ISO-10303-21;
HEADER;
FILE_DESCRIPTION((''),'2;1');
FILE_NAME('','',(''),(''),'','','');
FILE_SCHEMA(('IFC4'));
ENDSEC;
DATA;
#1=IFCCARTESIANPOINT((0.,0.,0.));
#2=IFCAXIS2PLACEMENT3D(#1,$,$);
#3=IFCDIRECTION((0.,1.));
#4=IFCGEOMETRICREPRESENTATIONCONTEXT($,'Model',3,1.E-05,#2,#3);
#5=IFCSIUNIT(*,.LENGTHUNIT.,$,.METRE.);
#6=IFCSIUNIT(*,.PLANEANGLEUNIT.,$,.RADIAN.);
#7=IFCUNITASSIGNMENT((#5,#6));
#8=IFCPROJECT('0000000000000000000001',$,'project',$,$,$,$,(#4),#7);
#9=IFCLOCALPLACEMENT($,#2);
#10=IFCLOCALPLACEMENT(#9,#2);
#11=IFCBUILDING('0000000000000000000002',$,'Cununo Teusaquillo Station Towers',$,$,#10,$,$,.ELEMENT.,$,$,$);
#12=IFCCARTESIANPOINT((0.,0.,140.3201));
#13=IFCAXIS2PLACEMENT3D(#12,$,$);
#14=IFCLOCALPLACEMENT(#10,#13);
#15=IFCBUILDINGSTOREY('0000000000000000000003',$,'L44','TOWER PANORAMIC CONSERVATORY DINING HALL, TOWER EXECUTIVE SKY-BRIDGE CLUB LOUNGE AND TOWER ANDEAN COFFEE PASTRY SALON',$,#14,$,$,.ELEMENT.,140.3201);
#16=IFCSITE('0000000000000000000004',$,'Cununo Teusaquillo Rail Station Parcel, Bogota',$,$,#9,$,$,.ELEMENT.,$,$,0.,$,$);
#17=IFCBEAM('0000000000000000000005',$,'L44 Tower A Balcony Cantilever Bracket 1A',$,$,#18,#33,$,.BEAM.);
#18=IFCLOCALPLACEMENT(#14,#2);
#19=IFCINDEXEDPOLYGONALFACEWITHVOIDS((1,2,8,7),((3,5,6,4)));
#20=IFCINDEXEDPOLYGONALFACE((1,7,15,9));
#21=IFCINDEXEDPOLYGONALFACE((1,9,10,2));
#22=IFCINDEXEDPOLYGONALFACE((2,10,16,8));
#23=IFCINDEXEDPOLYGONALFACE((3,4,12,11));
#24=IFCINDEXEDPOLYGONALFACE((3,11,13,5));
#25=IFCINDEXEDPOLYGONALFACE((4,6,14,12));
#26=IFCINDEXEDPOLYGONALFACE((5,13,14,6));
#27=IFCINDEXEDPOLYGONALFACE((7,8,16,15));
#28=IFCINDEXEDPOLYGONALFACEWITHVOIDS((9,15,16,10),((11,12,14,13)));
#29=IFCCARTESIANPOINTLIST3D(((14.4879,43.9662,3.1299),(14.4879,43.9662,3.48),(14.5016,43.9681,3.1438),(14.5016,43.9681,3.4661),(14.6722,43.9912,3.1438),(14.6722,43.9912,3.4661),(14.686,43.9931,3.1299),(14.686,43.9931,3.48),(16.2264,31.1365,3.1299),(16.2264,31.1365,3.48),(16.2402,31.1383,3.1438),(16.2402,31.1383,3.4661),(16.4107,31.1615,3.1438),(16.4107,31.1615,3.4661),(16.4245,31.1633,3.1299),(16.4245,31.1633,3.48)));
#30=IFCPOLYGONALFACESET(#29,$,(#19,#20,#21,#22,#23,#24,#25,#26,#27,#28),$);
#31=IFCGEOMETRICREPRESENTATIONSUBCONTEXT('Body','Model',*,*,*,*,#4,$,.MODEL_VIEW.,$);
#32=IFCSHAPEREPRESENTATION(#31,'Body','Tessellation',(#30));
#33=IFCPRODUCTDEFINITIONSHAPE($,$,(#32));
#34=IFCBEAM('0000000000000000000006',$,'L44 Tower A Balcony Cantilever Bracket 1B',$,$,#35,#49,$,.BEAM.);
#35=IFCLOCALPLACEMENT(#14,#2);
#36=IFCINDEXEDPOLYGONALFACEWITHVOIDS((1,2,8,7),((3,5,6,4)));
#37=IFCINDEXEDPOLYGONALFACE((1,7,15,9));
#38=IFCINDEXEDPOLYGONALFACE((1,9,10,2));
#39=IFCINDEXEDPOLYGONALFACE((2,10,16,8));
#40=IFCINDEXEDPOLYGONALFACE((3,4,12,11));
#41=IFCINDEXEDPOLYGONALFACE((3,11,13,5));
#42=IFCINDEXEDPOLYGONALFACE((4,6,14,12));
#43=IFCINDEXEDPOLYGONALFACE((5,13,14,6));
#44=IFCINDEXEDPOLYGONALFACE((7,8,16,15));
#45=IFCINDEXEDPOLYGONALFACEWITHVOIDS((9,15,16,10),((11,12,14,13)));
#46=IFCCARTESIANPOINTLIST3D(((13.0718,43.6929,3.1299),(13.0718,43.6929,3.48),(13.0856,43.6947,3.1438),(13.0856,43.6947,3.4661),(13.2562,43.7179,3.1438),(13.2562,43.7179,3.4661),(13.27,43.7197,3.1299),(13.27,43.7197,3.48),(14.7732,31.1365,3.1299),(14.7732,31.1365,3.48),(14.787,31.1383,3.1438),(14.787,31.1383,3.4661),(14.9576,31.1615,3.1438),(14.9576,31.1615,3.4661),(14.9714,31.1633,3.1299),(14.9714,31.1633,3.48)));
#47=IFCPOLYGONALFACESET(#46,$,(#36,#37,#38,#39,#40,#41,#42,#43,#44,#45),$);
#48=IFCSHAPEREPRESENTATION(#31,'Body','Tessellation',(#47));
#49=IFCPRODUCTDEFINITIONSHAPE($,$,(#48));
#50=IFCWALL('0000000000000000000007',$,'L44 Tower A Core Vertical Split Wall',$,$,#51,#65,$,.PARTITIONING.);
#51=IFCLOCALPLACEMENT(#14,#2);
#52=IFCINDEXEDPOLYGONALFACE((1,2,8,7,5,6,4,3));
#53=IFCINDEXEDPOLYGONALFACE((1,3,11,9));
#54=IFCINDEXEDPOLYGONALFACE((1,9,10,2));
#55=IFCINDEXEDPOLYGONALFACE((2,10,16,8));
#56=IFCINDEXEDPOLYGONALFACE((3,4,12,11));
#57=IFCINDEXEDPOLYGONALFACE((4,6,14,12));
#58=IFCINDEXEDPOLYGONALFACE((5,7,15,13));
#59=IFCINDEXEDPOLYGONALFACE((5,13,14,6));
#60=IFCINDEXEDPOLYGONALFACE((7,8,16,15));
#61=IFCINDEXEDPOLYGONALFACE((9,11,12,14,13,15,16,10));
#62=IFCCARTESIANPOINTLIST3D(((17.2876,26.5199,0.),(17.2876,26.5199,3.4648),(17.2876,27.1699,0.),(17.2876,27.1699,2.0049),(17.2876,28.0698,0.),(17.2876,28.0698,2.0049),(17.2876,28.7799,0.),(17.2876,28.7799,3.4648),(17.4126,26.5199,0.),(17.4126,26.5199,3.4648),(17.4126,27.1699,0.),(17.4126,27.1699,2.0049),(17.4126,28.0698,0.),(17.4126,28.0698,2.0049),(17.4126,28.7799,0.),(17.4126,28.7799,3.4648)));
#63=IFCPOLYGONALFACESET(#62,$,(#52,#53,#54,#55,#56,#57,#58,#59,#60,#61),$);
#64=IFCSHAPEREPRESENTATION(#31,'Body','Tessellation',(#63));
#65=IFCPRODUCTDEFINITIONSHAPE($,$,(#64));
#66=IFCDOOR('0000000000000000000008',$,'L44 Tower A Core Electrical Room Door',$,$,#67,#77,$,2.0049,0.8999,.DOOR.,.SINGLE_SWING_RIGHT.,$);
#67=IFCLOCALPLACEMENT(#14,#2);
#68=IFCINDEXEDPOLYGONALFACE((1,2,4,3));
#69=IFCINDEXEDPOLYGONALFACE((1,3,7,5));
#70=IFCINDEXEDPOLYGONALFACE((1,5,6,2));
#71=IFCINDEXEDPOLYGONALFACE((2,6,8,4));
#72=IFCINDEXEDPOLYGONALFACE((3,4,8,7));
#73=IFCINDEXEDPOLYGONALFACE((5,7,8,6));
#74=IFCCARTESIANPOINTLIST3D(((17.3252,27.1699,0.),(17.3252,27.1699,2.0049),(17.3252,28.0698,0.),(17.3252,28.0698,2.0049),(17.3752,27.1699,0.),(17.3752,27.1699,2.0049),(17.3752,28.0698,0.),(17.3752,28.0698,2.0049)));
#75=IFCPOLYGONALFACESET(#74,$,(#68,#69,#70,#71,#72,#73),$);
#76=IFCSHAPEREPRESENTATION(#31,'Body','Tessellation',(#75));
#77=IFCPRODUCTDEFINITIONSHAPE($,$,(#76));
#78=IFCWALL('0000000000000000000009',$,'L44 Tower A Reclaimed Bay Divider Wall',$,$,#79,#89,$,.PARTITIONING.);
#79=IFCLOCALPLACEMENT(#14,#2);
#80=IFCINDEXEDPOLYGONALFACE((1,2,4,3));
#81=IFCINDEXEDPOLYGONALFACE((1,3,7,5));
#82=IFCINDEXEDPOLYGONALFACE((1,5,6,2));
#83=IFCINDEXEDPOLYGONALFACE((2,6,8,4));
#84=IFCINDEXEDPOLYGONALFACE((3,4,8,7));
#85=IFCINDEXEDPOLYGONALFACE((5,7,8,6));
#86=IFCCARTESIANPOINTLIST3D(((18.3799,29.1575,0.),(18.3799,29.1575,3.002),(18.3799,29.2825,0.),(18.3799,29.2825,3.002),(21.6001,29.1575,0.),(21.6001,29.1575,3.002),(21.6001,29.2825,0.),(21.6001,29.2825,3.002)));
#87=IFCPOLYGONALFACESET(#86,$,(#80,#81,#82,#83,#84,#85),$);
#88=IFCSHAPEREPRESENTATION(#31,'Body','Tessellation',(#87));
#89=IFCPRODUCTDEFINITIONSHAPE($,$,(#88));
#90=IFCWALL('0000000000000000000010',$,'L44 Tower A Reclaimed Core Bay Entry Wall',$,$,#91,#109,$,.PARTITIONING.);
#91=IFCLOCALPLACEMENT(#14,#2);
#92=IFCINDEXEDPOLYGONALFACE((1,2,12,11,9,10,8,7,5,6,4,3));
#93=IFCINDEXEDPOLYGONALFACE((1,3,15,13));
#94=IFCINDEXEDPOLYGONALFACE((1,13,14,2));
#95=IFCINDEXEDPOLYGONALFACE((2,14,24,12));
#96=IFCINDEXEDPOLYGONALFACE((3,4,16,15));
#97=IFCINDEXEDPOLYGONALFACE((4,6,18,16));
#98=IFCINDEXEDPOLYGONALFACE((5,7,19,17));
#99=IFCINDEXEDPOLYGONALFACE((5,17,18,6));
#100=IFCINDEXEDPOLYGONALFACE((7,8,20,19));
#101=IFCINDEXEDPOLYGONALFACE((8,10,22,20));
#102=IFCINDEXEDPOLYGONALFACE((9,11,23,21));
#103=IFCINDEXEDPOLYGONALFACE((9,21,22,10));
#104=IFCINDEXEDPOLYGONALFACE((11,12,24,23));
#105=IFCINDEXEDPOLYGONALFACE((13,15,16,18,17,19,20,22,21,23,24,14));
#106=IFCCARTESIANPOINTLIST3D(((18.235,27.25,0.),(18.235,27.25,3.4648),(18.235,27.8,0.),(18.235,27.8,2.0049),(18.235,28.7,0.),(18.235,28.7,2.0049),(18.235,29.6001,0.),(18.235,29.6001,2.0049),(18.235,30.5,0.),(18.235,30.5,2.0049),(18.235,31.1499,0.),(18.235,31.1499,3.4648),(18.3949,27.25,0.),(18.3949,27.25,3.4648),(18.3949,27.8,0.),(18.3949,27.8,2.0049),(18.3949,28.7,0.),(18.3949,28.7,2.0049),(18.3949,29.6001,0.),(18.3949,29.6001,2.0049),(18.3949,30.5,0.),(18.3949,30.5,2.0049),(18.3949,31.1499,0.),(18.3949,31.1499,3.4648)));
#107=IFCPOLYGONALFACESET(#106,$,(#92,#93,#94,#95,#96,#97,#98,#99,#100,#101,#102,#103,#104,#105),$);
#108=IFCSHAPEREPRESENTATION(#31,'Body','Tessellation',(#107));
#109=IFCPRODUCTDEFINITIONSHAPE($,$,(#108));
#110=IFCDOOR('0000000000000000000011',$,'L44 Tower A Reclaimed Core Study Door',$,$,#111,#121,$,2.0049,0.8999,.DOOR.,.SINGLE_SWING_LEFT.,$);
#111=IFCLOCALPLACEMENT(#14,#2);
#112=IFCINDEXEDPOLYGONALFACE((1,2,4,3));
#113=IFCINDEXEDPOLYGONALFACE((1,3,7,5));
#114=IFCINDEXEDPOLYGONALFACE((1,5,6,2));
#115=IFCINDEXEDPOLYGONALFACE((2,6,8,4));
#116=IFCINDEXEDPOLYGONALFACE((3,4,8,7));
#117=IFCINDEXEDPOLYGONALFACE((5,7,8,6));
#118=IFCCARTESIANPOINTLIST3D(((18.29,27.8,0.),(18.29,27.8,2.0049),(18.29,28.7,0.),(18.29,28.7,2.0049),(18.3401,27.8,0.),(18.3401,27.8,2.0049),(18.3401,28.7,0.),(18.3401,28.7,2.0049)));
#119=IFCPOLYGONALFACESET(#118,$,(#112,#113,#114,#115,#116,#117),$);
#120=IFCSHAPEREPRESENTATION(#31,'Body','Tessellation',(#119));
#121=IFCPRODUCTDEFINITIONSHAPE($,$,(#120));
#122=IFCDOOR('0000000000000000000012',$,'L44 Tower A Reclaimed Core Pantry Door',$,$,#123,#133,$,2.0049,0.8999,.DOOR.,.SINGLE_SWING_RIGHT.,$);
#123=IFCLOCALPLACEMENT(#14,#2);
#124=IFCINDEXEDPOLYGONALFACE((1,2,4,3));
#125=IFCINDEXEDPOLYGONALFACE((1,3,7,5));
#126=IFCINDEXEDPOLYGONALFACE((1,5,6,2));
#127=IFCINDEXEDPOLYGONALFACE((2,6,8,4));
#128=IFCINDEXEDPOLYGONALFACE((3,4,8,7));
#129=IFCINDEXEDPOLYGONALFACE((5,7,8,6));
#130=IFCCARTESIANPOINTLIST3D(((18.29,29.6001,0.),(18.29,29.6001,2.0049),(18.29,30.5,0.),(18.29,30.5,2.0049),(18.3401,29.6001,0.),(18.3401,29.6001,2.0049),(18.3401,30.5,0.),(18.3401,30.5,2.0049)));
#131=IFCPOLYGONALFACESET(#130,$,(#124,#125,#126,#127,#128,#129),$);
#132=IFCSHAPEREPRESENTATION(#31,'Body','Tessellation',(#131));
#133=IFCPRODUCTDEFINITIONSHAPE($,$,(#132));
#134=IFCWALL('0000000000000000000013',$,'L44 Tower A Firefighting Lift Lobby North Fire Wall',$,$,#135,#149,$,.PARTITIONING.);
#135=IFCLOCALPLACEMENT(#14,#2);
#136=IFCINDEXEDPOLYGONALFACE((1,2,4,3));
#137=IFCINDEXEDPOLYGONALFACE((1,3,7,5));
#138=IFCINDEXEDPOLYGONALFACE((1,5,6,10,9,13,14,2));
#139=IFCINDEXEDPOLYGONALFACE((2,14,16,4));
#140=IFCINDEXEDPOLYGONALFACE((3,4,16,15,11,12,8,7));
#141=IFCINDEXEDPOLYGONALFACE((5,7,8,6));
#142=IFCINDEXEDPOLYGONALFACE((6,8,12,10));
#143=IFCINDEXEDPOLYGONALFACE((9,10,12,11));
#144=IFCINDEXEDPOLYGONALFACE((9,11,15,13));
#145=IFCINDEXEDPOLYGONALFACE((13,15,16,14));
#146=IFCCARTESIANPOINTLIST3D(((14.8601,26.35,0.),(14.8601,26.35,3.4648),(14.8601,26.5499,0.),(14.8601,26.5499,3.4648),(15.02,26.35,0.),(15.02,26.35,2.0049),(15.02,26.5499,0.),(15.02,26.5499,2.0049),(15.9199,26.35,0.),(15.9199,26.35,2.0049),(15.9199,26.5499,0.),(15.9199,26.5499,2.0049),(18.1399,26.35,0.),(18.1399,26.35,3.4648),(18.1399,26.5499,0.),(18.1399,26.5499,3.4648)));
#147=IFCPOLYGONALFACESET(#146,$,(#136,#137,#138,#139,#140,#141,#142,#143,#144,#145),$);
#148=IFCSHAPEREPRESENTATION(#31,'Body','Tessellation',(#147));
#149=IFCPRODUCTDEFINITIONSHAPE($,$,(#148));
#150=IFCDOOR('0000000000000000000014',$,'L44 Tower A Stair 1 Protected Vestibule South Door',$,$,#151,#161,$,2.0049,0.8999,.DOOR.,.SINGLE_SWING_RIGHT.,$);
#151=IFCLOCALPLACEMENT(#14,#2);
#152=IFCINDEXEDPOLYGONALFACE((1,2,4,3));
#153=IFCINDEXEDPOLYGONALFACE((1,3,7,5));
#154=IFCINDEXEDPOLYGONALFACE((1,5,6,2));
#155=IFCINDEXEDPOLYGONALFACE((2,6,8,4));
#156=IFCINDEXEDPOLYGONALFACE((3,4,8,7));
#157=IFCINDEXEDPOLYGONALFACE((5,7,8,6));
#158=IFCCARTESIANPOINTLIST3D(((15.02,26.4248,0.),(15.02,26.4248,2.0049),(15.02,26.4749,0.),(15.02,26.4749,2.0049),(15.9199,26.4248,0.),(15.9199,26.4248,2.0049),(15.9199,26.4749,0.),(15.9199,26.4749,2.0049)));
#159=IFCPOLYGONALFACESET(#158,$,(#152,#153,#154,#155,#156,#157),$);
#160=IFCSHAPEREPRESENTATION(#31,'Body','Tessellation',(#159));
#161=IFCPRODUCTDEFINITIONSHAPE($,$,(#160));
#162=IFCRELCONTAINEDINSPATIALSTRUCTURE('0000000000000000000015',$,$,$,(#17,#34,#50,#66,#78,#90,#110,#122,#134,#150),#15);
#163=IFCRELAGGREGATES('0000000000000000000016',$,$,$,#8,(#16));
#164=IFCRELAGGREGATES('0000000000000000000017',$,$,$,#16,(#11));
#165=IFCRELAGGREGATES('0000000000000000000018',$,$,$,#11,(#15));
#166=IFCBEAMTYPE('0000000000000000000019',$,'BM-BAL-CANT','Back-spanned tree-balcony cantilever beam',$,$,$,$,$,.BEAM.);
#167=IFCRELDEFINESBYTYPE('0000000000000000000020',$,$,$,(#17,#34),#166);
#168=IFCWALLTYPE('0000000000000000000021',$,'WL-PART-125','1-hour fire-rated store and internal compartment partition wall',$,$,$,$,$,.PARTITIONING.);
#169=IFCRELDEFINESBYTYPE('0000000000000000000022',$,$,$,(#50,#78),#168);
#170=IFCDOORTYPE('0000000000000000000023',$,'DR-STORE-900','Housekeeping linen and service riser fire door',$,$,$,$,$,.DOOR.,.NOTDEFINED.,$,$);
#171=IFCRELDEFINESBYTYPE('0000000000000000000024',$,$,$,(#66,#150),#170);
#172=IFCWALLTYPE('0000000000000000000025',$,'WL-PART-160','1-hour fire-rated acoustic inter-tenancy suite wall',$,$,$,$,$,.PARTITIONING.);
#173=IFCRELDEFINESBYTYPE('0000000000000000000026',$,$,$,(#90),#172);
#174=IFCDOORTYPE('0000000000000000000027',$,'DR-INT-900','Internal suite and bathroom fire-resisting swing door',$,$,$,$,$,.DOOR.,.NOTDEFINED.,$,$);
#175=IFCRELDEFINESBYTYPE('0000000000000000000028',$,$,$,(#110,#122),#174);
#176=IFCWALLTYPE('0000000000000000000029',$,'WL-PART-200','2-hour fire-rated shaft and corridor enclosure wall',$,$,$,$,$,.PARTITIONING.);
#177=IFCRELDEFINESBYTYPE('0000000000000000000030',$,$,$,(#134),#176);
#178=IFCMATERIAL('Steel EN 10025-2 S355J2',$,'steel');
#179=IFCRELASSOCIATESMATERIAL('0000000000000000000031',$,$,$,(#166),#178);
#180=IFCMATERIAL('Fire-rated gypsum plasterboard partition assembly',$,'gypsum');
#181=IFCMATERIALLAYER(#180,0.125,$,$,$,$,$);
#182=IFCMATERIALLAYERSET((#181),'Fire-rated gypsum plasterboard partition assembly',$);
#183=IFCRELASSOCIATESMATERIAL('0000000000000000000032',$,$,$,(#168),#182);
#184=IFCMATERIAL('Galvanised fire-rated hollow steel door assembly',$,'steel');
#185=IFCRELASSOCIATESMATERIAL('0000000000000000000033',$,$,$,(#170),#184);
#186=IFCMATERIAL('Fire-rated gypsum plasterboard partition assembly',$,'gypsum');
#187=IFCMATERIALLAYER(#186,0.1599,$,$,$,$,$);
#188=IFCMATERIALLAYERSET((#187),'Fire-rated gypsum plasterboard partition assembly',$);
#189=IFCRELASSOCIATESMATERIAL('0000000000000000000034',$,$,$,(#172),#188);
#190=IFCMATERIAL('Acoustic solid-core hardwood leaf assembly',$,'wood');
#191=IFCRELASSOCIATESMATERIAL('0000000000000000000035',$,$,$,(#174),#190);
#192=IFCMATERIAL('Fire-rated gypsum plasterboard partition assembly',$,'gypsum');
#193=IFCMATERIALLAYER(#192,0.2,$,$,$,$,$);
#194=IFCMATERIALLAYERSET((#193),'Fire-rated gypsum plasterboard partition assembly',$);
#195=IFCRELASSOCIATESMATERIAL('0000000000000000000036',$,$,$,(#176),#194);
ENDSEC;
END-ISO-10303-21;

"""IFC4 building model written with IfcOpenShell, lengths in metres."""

from ifc_helpers import new_model, si_unit, direction, frame, frame_2d, origin, origin_2d, place, context, subcontext, project, spatial, rectangle, hollow_rectangle, extrude, source, transform, mapped, material, layer, layer_set, material_profile, profile_set, type_object, element, fill, save


model = new_model("IFC4")

# Units and contexts
model_context = context("Model", 3, precision=1e-05, world=origin(), true_north=direction((0.0, 1.0)))
body_context = subcontext(model_context, "Body", "Model", "MODEL_VIEW")
ifc_project = project(units=[si_unit("LENGTHUNIT", "METRE"), si_unit("PLANEANGLEUNIT", "RADIAN")], contexts=[model_context])

# Site, building, storey
site_placement = place(None, origin())
site = spatial("IfcSite", under=ifc_project, at=site_placement, Name="Cununo Teusaquillo Rail Station Parcel, Bogota", CompositionType="ELEMENT", RefElevation=0.0)
building_placement = place(site_placement, origin())
building = spatial("IfcBuilding", under=site, at=building_placement, Name="Cununo Teusaquillo Station Towers", CompositionType="ELEMENT")
storey_placement = place(building_placement, frame((0.0, 0.0, 140.3201)))
storey = spatial("IfcBuildingStorey", under=building, at=storey_placement, Name="L44", Description="TOWER PANORAMIC CONSERVATORY DINING HALL, TOWER EXECUTIVE SKY-BRIDGE CLUB LOUNGE AND TOWER ANDEAN COFFEE PASTRY SALON", CompositionType="ELEMENT", Elevation=140.3201)

# Beams
ifc_material_1 = material(Name="Steel EN 10025-2 S355J2", Category="steel")
ifc_material_profile = material_profile(ifc_material_1, hollow_rectangle(XDim=0.2, YDim=0.3501, WallThickness=0.0139, at=origin_2d()), Name="RHS 350x200x14")
ifc_profile_set = profile_set([ifc_material_profile], Name="Steel EN 10025-2 S355J2")
beam_type = type_object("IfcBeamType", Name="BM-BAL-CANT", Description="Back-spanned tree-balcony cantilever beam", PredefinedType="BEAM", material=ifc_profile_set)
beam_1_placement = place(storey_placement, frame((16.3254, 31.1499, 3.3049), z_axis=(-0.134279, 0.990944, 0.0), x_axis=(-0.990944, -0.134279, 0.0)))
element("IfcBeam", 1, at=beam_1_placement, inside=storey, type_object=beam_type, Name="L44 Tower A Balcony Cantilever Bracket 1A", PredefinedType="BEAM", context=body_context, shape_type="SweptSolid", body=[
    extrude(hollow_rectangle(XDim=0.2, YDim=0.3501, WallThickness=0.0139, at=origin_2d()), origin(), (0.0, 0.0, 1.0), 12.947),
])
beam_2_placement = place(storey_placement, frame((14.8723, 31.1499, 3.3049), z_axis=(-0.134275, 0.990944, 0.0), x_axis=(-0.990944, -0.134275, 0.0)))
element("IfcBeam", 2, at=beam_2_placement, inside=storey, type_object=beam_type, Name="L44 Tower A Balcony Cantilever Bracket 1B", PredefinedType="BEAM", context=body_context, shape_type="SweptSolid", body=[
    extrude(hollow_rectangle(XDim=0.2, YDim=0.3501, WallThickness=0.0139, at=origin_2d()), origin(), (0.0, 0.0, 1.0), 12.6711),
])

# Wall, opening, door
ifc_material_2 = material(Name="Fire-rated gypsum plasterboard partition assembly", Category="gypsum")
ifc_layer_1 = layer(ifc_material_2, 0.125)
ifc_layer_set_1 = layer_set([ifc_layer_1], Name="Fire-rated gypsum plasterboard partition assembly")
wall_type_1 = type_object("IfcWallType", Name="WL-PART-125", Description="1-hour fire-rated store and internal compartment partition wall", PredefinedType="PARTITIONING", material=ifc_layer_set_1)
wall_1_placement = place(storey_placement, frame((17.3501, 26.52, 0.0), z_axis=(0.0, 0.0, 1.0), x_axis=(0.0, 1.0, 0.0)))
wall_1 = element("IfcWall", 3, at=wall_1_placement, inside=storey, type_object=wall_type_1, Name="L44 Tower A Core Vertical Split Wall", PredefinedType="PARTITIONING", context=body_context, shape_type="SweptSolid", body=[
    extrude(rectangle(XDim=2.26, YDim=0.125, at=frame_2d((1.1299, 0.0))), origin(), (0.0, 0.0, 1.0), 3.4648),
])
shared_shape_1 = source(origin(), body_context, "Body", "SweptSolid", [
    extrude(rectangle(XDim=0.8999, YDim=2.0049, at=frame_2d((0.45, 1.0024))), frame((0.0, 0.0725, 0.0), z_axis=(0.0, -1.0, 0.0), x_axis=(1.0, 0.0, 0.0)), (0.0, 0.0, 1.0), 0.145),
])
opening_1_placement = place(wall_1_placement, frame((0.6499, 0.0, 0.0)))
opening_1 = element("IfcOpeningElement", 4, at=opening_1_placement, cuts=wall_1, PredefinedType="OPENING", context=body_context, shape_type="MappedRepresentation", body=[
    mapped(shared_shape_1, transform((0.0, 0.0, 0.0), x_axis=(1.0, 0.0, 0.0), y_axis=(0.0, 1.0, 0.0), z_axis=(0.0, 0.0, 1.0), scale=1.0)),
])
ifc_material_3 = material(Name="Galvanised fire-rated hollow steel door assembly", Category="steel")
door_type_1 = type_object("IfcDoorType", Name="DR-STORE-900", Description="Housekeeping linen and service riser fire door", OperationType="NOTDEFINED", PredefinedType="DOOR", material=ifc_material_3)
shared_shape_2 = source(origin(), body_context, "Body", "SweptSolid", [
    extrude(rectangle(XDim=0.8999, YDim=2.0049, at=frame_2d((0.45, 1.0024))), frame((0.0, 0.0249, 0.0), z_axis=(0.0, -1.0, 0.0), x_axis=(1.0, 0.0, 0.0)), (0.0, 0.0, 1.0), 0.05),
])
door_1_placement = place(opening_1_placement, origin())
door_1 = element("IfcDoor", 5, at=door_1_placement, inside=storey, type_object=door_type_1, Name="L44 Tower A Core Electrical Room Door", OperationType="SINGLE_SWING_RIGHT", OverallHeight=2.0049, OverallWidth=0.8999, PredefinedType="DOOR", context=body_context, shape_type="MappedRepresentation", body=[
    mapped(shared_shape_2, transform((0.0, 0.0, 0.0), x_axis=(1.0, 0.0, 0.0), y_axis=(0.0, 1.0, 0.0), z_axis=(0.0, 0.0, 1.0), scale=1.0)),
])
fill(opening_1, door_1)

# Wall
wall_2_placement = place(storey_placement, frame((18.3799, 29.22, 0.0), z_axis=(0.0, 0.0, 1.0), x_axis=(1.0, 0.0, 0.0)))
element("IfcWall", 6, at=wall_2_placement, inside=storey, type_object=wall_type_1, Name="L44 Tower A Reclaimed Bay Divider Wall", PredefinedType="PARTITIONING", context=body_context, shape_type="SweptSolid", body=[
    extrude(rectangle(XDim=3.2202, YDim=0.125, at=frame_2d((1.6101, 0.0))), origin(), (0.0, 0.0, 1.0), 3.002),
])

# Wall, openings, doors
ifc_material_4 = material(Name="Fire-rated gypsum plasterboard partition assembly", Category="gypsum")
ifc_layer_2 = layer(ifc_material_4, 0.1599)
ifc_layer_set_2 = layer_set([ifc_layer_2], Name="Fire-rated gypsum plasterboard partition assembly")
wall_type_2 = type_object("IfcWallType", Name="WL-PART-160", Description="1-hour fire-rated acoustic inter-tenancy suite wall", PredefinedType="PARTITIONING", material=ifc_layer_set_2)
wall_3_placement = place(storey_placement, frame((18.3149, 27.25, 0.0), z_axis=(0.0, 0.0, 1.0), x_axis=(0.0, 1.0, 0.0)))
wall_3 = element("IfcWall", 7, at=wall_3_placement, inside=storey, type_object=wall_type_2, Name="L44 Tower A Reclaimed Core Bay Entry Wall", PredefinedType="PARTITIONING", context=body_context, shape_type="SweptSolid", body=[
    extrude(rectangle(XDim=3.8999, YDim=0.1599, at=frame_2d((1.95, 0.0))), origin(), (0.0, 0.0, 1.0), 3.4648),
])
shared_shape_3 = source(origin(), body_context, "Body", "SweptSolid", [
    extrude(rectangle(XDim=0.8999, YDim=2.0049, at=frame_2d((0.45, 1.0024))), frame((0.0, 0.0898, 0.0), z_axis=(0.0, -1.0, 0.0), x_axis=(1.0, 0.0, 0.0)), (0.0, 0.0, 1.0), 0.1799),
])
opening_2_placement = place(wall_3_placement, frame((0.55, 0.0, 0.0)))
opening_2 = element("IfcOpeningElement", 8, at=opening_2_placement, cuts=wall_3, PredefinedType="OPENING", context=body_context, shape_type="MappedRepresentation", body=[
    mapped(shared_shape_3, transform((0.0, 0.0, 0.0), x_axis=(1.0, 0.0, 0.0), y_axis=(0.0, 1.0, 0.0), z_axis=(0.0, 0.0, 1.0), scale=1.0)),
])
opening_3_placement = place(wall_3_placement, frame((2.3501, 0.0, 0.0)))
opening_3 = element("IfcOpeningElement", 9, at=opening_3_placement, cuts=wall_3, PredefinedType="OPENING", context=body_context, shape_type="MappedRepresentation", body=[
    mapped(shared_shape_3, transform((0.0, 0.0, 0.0), x_axis=(1.0, 0.0, 0.0), y_axis=(0.0, 1.0, 0.0), z_axis=(0.0, 0.0, 1.0), scale=1.0)),
])
ifc_material_5 = material(Name="Acoustic solid-core hardwood leaf assembly", Category="wood")
door_type_2 = type_object("IfcDoorType", Name="DR-INT-900", Description="Internal suite and bathroom fire-resisting swing door", OperationType="NOTDEFINED", PredefinedType="DOOR", material=ifc_material_5)
door_2_placement = place(opening_2_placement, origin())
door_2 = element("IfcDoor", 10, at=door_2_placement, inside=storey, type_object=door_type_2, Name="L44 Tower A Reclaimed Core Study Door", OperationType="SINGLE_SWING_LEFT", OverallHeight=2.0049, OverallWidth=0.8999, PredefinedType="DOOR", context=body_context, shape_type="MappedRepresentation", body=[
    mapped(shared_shape_2, transform((0.0, 0.0, 0.0), x_axis=(1.0, 0.0, 0.0), y_axis=(0.0, 1.0, 0.0), z_axis=(0.0, 0.0, 1.0), scale=1.0)),
])
fill(opening_2, door_2)
door_3_placement = place(opening_3_placement, origin())
door_3 = element("IfcDoor", 11, at=door_3_placement, inside=storey, type_object=door_type_2, Name="L44 Tower A Reclaimed Core Pantry Door", OperationType="SINGLE_SWING_RIGHT", OverallHeight=2.0049, OverallWidth=0.8999, PredefinedType="DOOR", context=body_context, shape_type="MappedRepresentation", body=[
    mapped(shared_shape_2, transform((0.0, 0.0, 0.0), x_axis=(1.0, 0.0, 0.0), y_axis=(0.0, 1.0, 0.0), z_axis=(0.0, 0.0, 1.0), scale=1.0)),
])
fill(opening_3, door_3)

# Wall, opening, door
ifc_material_6 = material(Name="Fire-rated gypsum plasterboard partition assembly", Category="gypsum")
ifc_layer_3 = layer(ifc_material_6, 0.2)
ifc_layer_set_3 = layer_set([ifc_layer_3], Name="Fire-rated gypsum plasterboard partition assembly")
wall_type_3 = type_object("IfcWallType", Name="WL-PART-200", Description="2-hour fire-rated shaft and corridor enclosure wall", PredefinedType="PARTITIONING", material=ifc_layer_set_3)
wall_4_placement = place(storey_placement, frame((14.8601, 26.45, 0.0), z_axis=(0.0, 0.0, 1.0), x_axis=(1.0, 0.0, 0.0)))
wall_4 = element("IfcWall", 12, at=wall_4_placement, inside=storey, type_object=wall_type_3, Name="L44 Tower A Firefighting Lift Lobby North Fire Wall", PredefinedType="PARTITIONING", context=body_context, shape_type="SweptSolid", body=[
    extrude(rectangle(XDim=3.2798, YDim=0.2, at=frame_2d((1.6399, 0.0))), origin(), (0.0, 0.0, 1.0), 3.4648),
])
shared_shape_4 = source(origin(), body_context, "Body", "SweptSolid", [
    extrude(rectangle(XDim=0.8999, YDim=2.0049, at=frame_2d((0.45, 1.0024))), frame((0.0, 0.1099, 0.0), z_axis=(0.0, -1.0, 0.0), x_axis=(1.0, 0.0, 0.0)), (0.0, 0.0, 1.0), 0.22),
])
opening_4_placement = place(wall_4_placement, frame((0.1599, 0.0, 0.0)))
opening_4 = element("IfcOpeningElement", 13, at=opening_4_placement, cuts=wall_4, PredefinedType="OPENING", context=body_context, shape_type="MappedRepresentation", body=[
    mapped(shared_shape_4, transform((0.0, 0.0, 0.0), x_axis=(1.0, 0.0, 0.0), y_axis=(0.0, 1.0, 0.0), z_axis=(0.0, 0.0, 1.0), scale=1.0)),
])
door_4_placement = place(opening_4_placement, origin())
door_4 = element("IfcDoor", 14, at=door_4_placement, inside=storey, type_object=door_type_1, Name="L44 Tower A Stair 1 Protected Vestibule South Door", OperationType="SINGLE_SWING_RIGHT", OverallHeight=2.0049, OverallWidth=0.8999, PredefinedType="DOOR", context=body_context, shape_type="MappedRepresentation", body=[
    mapped(shared_shape_2, transform((0.0, 0.0, 0.0), x_axis=(1.0, 0.0, 0.0), y_axis=(0.0, 1.0, 0.0), z_axis=(0.0, 0.0, 1.0), scale=1.0)),
])
fill(opening_4, door_4)

save(model, "model.ifc")
